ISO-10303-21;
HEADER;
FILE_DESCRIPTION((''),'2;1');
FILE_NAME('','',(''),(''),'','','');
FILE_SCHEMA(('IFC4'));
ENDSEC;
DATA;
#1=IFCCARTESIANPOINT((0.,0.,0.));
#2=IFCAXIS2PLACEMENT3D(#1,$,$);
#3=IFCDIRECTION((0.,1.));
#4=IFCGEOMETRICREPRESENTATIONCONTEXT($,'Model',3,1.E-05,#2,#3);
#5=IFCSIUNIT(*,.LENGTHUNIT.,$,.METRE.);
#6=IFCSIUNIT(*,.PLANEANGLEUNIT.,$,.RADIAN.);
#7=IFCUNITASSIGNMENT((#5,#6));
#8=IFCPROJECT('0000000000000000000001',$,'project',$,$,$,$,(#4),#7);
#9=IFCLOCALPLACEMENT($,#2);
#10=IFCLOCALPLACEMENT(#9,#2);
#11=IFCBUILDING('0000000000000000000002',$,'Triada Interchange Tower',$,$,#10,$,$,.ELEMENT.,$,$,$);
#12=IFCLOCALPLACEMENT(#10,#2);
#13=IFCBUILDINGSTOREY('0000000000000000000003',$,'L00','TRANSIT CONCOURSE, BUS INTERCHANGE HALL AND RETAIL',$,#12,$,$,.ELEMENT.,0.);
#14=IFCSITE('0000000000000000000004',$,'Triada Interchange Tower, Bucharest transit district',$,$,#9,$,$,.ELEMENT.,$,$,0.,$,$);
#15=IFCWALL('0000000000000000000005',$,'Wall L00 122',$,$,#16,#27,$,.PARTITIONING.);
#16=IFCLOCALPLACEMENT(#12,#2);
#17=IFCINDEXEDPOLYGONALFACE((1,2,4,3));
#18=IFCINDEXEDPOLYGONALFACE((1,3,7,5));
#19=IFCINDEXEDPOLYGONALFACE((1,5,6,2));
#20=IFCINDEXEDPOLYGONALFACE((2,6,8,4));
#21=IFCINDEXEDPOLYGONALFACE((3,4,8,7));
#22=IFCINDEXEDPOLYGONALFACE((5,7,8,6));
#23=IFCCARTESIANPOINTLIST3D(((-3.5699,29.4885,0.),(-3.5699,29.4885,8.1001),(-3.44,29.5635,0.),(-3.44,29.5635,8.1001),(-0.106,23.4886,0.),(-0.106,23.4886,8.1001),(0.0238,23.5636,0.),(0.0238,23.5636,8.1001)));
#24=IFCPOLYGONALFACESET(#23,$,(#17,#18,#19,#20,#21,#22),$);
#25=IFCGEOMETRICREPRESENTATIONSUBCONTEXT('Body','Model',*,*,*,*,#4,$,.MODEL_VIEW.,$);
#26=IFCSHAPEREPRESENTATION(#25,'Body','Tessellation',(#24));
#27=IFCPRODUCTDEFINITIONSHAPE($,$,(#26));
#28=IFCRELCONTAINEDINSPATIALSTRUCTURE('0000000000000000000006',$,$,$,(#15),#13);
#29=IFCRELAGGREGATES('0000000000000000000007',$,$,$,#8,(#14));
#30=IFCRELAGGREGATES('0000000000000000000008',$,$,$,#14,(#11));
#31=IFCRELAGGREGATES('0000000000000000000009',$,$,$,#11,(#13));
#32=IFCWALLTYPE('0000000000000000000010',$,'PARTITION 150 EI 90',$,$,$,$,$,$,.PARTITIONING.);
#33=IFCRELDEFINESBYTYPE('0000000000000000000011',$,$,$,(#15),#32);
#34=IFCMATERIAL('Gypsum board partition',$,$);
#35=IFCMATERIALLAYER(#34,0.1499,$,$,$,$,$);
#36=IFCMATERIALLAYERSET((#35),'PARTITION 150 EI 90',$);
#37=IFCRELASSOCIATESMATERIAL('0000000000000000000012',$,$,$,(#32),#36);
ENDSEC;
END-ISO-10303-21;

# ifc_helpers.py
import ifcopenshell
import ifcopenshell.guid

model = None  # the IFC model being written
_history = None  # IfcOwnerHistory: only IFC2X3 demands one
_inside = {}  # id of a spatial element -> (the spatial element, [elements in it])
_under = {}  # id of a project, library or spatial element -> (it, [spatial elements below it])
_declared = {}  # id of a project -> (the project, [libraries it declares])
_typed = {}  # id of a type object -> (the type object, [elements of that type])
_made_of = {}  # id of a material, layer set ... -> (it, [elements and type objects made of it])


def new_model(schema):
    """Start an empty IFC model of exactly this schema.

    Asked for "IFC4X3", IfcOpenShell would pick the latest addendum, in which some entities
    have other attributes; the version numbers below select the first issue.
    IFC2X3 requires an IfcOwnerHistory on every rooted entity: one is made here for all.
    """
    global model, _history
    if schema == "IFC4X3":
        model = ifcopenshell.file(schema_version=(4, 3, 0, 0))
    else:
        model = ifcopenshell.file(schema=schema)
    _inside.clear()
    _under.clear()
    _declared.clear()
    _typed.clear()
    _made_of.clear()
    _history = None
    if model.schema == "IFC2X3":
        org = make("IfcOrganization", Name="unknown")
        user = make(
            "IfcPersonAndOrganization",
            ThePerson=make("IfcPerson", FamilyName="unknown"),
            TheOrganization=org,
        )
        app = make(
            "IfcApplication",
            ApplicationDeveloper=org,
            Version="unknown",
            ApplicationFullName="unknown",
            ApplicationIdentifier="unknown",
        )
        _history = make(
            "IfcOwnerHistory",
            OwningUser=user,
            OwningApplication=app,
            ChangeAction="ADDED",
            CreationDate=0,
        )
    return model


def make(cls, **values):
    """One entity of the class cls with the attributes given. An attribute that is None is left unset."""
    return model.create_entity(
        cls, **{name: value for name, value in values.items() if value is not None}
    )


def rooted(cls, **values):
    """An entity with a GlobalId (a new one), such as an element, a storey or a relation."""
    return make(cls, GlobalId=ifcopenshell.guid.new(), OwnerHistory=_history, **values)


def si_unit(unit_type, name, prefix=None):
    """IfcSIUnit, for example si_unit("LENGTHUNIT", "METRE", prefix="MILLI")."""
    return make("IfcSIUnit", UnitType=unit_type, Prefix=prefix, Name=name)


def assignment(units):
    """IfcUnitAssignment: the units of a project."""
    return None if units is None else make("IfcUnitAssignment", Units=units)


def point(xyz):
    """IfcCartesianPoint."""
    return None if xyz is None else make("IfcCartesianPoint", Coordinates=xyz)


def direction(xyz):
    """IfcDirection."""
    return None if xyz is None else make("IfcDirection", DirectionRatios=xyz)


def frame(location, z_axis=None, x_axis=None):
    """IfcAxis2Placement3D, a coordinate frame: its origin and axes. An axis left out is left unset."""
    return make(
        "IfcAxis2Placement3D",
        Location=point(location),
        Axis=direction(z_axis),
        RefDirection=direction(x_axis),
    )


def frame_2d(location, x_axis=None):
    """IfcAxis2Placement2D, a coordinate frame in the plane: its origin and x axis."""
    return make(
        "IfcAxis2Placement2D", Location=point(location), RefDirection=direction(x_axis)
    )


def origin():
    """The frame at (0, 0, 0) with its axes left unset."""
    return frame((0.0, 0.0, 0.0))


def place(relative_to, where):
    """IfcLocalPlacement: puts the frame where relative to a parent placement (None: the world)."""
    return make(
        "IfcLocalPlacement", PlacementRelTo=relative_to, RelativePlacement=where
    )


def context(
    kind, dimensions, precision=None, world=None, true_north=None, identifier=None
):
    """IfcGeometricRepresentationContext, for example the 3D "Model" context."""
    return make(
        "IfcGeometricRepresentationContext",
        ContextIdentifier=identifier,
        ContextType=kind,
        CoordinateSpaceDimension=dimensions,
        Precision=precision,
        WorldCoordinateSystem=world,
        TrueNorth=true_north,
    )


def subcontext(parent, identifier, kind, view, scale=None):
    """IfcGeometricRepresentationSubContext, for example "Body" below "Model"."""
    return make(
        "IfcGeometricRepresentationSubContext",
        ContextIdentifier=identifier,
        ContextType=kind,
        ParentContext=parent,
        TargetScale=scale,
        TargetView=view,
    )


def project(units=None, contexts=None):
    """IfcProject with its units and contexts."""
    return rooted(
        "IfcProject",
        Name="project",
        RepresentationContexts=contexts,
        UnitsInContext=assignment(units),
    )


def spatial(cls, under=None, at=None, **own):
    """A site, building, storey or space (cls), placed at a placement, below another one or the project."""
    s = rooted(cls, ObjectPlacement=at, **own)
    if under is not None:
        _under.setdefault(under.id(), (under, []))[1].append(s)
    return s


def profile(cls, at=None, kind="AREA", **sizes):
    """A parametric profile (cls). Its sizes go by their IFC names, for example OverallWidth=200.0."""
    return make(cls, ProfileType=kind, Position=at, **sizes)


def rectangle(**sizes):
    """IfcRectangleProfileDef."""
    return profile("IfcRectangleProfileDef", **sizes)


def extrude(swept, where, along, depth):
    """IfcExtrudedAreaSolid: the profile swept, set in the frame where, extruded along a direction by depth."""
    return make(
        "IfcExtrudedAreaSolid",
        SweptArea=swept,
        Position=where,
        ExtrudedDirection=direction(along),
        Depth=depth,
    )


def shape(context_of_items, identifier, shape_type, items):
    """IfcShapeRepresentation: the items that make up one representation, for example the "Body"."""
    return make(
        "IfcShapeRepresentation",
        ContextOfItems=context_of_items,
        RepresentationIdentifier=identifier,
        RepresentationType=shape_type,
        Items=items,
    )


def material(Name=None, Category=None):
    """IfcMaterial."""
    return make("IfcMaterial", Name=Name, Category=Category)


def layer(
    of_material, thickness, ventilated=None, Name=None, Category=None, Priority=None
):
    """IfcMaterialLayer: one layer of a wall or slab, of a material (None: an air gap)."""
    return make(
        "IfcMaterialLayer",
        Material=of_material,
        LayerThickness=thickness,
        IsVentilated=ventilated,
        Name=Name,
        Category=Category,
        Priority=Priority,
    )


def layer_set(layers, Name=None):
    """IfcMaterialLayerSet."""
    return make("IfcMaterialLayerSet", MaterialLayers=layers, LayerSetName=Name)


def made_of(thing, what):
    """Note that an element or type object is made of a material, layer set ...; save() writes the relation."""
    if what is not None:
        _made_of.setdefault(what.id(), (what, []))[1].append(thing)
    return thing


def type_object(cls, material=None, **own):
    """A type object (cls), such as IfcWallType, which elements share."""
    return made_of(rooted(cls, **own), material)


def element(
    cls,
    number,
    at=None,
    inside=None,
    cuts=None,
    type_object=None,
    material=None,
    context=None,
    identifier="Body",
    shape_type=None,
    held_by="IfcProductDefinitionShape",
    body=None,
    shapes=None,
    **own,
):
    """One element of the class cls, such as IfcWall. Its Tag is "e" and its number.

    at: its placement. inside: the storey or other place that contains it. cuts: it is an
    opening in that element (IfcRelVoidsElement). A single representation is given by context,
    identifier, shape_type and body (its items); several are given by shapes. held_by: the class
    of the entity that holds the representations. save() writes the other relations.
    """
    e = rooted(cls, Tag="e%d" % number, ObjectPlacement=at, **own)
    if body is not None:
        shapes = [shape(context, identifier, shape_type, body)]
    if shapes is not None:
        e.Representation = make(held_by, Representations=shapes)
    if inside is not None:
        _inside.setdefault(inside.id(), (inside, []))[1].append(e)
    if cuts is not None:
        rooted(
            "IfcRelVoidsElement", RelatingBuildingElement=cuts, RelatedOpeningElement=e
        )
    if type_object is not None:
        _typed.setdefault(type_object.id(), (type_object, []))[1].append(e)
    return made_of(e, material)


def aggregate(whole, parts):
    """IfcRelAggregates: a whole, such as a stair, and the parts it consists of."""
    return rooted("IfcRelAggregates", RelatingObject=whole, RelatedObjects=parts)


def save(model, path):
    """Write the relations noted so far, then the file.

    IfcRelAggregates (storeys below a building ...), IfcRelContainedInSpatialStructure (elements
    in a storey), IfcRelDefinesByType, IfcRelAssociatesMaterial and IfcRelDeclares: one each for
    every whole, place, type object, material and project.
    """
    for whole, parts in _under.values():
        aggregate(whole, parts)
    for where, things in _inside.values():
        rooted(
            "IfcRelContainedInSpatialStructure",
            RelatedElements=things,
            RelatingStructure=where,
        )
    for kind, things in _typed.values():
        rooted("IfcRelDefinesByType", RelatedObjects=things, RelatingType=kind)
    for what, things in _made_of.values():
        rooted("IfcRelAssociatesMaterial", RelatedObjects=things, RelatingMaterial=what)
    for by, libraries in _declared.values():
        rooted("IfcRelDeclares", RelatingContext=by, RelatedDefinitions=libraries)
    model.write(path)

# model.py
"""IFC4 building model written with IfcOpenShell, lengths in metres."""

from ifc_helpers import new_model, si_unit, direction, frame, frame_2d, origin, place, context, subcontext, project, spatial, rectangle, extrude, material, layer, layer_set, type_object, element, save


model = new_model("IFC4")

# Units and contexts
model_context = context("Model", 3, precision=1e-05, world=origin(), true_north=direction((0.0, 1.0)))
body_context = subcontext(model_context, "Body", "Model", "MODEL_VIEW")
ifc_project = project(units=[si_unit("LENGTHUNIT", "METRE"), si_unit("PLANEANGLEUNIT", "RADIAN")], contexts=[model_context])

# Site, building, storey
site_placement = place(None, origin())
site = spatial("IfcSite", under=ifc_project, at=site_placement, Name="Triada Interchange Tower, Bucharest transit district", CompositionType="ELEMENT", RefElevation=0.0)
building_placement = place(site_placement, origin())
building = spatial("IfcBuilding", under=site, at=building_placement, Name="Triada Interchange Tower", CompositionType="ELEMENT")
storey_placement = place(building_placement, origin())
storey = spatial("IfcBuildingStorey", under=building, at=storey_placement, Name="L00", Description="TRANSIT CONCOURSE, BUS INTERCHANGE HALL AND RETAIL", CompositionType="ELEMENT", Elevation=0.0)

# Wall
ifc_material_1 = material(Name="Gypsum board partition")
ifc_layer_1 = layer(ifc_material_1, 0.1499)
ifc_layer_set_1 = layer_set([ifc_layer_1], Name="PARTITION 150 EI 90")
wall_type_1 = type_object("IfcWallType", Name="PARTITION 150 EI 90", PredefinedType="PARTITIONING", material=ifc_layer_set_1)
wall_1_placement = place(storey_placement, frame((-3.5049, 29.5259, 0.0), z_axis=(0.0, 0.0, 1.0), x_axis=(0.499975, -0.86604, 0.0)))
element("IfcWall", 1, at=wall_1_placement, inside=storey, type_object=wall_type_1, Name="Wall L00 122", PredefinedType="PARTITIONING", context=body_context, shape_type="SweptSolid", body=[
    extrude(rectangle(XDim=6.928, YDim=0.1499, at=frame_2d((3.4639, 0.0))), origin(), (0.0, 0.0, 1.0), 8.1001),
])

save(model, "model.ifc")
